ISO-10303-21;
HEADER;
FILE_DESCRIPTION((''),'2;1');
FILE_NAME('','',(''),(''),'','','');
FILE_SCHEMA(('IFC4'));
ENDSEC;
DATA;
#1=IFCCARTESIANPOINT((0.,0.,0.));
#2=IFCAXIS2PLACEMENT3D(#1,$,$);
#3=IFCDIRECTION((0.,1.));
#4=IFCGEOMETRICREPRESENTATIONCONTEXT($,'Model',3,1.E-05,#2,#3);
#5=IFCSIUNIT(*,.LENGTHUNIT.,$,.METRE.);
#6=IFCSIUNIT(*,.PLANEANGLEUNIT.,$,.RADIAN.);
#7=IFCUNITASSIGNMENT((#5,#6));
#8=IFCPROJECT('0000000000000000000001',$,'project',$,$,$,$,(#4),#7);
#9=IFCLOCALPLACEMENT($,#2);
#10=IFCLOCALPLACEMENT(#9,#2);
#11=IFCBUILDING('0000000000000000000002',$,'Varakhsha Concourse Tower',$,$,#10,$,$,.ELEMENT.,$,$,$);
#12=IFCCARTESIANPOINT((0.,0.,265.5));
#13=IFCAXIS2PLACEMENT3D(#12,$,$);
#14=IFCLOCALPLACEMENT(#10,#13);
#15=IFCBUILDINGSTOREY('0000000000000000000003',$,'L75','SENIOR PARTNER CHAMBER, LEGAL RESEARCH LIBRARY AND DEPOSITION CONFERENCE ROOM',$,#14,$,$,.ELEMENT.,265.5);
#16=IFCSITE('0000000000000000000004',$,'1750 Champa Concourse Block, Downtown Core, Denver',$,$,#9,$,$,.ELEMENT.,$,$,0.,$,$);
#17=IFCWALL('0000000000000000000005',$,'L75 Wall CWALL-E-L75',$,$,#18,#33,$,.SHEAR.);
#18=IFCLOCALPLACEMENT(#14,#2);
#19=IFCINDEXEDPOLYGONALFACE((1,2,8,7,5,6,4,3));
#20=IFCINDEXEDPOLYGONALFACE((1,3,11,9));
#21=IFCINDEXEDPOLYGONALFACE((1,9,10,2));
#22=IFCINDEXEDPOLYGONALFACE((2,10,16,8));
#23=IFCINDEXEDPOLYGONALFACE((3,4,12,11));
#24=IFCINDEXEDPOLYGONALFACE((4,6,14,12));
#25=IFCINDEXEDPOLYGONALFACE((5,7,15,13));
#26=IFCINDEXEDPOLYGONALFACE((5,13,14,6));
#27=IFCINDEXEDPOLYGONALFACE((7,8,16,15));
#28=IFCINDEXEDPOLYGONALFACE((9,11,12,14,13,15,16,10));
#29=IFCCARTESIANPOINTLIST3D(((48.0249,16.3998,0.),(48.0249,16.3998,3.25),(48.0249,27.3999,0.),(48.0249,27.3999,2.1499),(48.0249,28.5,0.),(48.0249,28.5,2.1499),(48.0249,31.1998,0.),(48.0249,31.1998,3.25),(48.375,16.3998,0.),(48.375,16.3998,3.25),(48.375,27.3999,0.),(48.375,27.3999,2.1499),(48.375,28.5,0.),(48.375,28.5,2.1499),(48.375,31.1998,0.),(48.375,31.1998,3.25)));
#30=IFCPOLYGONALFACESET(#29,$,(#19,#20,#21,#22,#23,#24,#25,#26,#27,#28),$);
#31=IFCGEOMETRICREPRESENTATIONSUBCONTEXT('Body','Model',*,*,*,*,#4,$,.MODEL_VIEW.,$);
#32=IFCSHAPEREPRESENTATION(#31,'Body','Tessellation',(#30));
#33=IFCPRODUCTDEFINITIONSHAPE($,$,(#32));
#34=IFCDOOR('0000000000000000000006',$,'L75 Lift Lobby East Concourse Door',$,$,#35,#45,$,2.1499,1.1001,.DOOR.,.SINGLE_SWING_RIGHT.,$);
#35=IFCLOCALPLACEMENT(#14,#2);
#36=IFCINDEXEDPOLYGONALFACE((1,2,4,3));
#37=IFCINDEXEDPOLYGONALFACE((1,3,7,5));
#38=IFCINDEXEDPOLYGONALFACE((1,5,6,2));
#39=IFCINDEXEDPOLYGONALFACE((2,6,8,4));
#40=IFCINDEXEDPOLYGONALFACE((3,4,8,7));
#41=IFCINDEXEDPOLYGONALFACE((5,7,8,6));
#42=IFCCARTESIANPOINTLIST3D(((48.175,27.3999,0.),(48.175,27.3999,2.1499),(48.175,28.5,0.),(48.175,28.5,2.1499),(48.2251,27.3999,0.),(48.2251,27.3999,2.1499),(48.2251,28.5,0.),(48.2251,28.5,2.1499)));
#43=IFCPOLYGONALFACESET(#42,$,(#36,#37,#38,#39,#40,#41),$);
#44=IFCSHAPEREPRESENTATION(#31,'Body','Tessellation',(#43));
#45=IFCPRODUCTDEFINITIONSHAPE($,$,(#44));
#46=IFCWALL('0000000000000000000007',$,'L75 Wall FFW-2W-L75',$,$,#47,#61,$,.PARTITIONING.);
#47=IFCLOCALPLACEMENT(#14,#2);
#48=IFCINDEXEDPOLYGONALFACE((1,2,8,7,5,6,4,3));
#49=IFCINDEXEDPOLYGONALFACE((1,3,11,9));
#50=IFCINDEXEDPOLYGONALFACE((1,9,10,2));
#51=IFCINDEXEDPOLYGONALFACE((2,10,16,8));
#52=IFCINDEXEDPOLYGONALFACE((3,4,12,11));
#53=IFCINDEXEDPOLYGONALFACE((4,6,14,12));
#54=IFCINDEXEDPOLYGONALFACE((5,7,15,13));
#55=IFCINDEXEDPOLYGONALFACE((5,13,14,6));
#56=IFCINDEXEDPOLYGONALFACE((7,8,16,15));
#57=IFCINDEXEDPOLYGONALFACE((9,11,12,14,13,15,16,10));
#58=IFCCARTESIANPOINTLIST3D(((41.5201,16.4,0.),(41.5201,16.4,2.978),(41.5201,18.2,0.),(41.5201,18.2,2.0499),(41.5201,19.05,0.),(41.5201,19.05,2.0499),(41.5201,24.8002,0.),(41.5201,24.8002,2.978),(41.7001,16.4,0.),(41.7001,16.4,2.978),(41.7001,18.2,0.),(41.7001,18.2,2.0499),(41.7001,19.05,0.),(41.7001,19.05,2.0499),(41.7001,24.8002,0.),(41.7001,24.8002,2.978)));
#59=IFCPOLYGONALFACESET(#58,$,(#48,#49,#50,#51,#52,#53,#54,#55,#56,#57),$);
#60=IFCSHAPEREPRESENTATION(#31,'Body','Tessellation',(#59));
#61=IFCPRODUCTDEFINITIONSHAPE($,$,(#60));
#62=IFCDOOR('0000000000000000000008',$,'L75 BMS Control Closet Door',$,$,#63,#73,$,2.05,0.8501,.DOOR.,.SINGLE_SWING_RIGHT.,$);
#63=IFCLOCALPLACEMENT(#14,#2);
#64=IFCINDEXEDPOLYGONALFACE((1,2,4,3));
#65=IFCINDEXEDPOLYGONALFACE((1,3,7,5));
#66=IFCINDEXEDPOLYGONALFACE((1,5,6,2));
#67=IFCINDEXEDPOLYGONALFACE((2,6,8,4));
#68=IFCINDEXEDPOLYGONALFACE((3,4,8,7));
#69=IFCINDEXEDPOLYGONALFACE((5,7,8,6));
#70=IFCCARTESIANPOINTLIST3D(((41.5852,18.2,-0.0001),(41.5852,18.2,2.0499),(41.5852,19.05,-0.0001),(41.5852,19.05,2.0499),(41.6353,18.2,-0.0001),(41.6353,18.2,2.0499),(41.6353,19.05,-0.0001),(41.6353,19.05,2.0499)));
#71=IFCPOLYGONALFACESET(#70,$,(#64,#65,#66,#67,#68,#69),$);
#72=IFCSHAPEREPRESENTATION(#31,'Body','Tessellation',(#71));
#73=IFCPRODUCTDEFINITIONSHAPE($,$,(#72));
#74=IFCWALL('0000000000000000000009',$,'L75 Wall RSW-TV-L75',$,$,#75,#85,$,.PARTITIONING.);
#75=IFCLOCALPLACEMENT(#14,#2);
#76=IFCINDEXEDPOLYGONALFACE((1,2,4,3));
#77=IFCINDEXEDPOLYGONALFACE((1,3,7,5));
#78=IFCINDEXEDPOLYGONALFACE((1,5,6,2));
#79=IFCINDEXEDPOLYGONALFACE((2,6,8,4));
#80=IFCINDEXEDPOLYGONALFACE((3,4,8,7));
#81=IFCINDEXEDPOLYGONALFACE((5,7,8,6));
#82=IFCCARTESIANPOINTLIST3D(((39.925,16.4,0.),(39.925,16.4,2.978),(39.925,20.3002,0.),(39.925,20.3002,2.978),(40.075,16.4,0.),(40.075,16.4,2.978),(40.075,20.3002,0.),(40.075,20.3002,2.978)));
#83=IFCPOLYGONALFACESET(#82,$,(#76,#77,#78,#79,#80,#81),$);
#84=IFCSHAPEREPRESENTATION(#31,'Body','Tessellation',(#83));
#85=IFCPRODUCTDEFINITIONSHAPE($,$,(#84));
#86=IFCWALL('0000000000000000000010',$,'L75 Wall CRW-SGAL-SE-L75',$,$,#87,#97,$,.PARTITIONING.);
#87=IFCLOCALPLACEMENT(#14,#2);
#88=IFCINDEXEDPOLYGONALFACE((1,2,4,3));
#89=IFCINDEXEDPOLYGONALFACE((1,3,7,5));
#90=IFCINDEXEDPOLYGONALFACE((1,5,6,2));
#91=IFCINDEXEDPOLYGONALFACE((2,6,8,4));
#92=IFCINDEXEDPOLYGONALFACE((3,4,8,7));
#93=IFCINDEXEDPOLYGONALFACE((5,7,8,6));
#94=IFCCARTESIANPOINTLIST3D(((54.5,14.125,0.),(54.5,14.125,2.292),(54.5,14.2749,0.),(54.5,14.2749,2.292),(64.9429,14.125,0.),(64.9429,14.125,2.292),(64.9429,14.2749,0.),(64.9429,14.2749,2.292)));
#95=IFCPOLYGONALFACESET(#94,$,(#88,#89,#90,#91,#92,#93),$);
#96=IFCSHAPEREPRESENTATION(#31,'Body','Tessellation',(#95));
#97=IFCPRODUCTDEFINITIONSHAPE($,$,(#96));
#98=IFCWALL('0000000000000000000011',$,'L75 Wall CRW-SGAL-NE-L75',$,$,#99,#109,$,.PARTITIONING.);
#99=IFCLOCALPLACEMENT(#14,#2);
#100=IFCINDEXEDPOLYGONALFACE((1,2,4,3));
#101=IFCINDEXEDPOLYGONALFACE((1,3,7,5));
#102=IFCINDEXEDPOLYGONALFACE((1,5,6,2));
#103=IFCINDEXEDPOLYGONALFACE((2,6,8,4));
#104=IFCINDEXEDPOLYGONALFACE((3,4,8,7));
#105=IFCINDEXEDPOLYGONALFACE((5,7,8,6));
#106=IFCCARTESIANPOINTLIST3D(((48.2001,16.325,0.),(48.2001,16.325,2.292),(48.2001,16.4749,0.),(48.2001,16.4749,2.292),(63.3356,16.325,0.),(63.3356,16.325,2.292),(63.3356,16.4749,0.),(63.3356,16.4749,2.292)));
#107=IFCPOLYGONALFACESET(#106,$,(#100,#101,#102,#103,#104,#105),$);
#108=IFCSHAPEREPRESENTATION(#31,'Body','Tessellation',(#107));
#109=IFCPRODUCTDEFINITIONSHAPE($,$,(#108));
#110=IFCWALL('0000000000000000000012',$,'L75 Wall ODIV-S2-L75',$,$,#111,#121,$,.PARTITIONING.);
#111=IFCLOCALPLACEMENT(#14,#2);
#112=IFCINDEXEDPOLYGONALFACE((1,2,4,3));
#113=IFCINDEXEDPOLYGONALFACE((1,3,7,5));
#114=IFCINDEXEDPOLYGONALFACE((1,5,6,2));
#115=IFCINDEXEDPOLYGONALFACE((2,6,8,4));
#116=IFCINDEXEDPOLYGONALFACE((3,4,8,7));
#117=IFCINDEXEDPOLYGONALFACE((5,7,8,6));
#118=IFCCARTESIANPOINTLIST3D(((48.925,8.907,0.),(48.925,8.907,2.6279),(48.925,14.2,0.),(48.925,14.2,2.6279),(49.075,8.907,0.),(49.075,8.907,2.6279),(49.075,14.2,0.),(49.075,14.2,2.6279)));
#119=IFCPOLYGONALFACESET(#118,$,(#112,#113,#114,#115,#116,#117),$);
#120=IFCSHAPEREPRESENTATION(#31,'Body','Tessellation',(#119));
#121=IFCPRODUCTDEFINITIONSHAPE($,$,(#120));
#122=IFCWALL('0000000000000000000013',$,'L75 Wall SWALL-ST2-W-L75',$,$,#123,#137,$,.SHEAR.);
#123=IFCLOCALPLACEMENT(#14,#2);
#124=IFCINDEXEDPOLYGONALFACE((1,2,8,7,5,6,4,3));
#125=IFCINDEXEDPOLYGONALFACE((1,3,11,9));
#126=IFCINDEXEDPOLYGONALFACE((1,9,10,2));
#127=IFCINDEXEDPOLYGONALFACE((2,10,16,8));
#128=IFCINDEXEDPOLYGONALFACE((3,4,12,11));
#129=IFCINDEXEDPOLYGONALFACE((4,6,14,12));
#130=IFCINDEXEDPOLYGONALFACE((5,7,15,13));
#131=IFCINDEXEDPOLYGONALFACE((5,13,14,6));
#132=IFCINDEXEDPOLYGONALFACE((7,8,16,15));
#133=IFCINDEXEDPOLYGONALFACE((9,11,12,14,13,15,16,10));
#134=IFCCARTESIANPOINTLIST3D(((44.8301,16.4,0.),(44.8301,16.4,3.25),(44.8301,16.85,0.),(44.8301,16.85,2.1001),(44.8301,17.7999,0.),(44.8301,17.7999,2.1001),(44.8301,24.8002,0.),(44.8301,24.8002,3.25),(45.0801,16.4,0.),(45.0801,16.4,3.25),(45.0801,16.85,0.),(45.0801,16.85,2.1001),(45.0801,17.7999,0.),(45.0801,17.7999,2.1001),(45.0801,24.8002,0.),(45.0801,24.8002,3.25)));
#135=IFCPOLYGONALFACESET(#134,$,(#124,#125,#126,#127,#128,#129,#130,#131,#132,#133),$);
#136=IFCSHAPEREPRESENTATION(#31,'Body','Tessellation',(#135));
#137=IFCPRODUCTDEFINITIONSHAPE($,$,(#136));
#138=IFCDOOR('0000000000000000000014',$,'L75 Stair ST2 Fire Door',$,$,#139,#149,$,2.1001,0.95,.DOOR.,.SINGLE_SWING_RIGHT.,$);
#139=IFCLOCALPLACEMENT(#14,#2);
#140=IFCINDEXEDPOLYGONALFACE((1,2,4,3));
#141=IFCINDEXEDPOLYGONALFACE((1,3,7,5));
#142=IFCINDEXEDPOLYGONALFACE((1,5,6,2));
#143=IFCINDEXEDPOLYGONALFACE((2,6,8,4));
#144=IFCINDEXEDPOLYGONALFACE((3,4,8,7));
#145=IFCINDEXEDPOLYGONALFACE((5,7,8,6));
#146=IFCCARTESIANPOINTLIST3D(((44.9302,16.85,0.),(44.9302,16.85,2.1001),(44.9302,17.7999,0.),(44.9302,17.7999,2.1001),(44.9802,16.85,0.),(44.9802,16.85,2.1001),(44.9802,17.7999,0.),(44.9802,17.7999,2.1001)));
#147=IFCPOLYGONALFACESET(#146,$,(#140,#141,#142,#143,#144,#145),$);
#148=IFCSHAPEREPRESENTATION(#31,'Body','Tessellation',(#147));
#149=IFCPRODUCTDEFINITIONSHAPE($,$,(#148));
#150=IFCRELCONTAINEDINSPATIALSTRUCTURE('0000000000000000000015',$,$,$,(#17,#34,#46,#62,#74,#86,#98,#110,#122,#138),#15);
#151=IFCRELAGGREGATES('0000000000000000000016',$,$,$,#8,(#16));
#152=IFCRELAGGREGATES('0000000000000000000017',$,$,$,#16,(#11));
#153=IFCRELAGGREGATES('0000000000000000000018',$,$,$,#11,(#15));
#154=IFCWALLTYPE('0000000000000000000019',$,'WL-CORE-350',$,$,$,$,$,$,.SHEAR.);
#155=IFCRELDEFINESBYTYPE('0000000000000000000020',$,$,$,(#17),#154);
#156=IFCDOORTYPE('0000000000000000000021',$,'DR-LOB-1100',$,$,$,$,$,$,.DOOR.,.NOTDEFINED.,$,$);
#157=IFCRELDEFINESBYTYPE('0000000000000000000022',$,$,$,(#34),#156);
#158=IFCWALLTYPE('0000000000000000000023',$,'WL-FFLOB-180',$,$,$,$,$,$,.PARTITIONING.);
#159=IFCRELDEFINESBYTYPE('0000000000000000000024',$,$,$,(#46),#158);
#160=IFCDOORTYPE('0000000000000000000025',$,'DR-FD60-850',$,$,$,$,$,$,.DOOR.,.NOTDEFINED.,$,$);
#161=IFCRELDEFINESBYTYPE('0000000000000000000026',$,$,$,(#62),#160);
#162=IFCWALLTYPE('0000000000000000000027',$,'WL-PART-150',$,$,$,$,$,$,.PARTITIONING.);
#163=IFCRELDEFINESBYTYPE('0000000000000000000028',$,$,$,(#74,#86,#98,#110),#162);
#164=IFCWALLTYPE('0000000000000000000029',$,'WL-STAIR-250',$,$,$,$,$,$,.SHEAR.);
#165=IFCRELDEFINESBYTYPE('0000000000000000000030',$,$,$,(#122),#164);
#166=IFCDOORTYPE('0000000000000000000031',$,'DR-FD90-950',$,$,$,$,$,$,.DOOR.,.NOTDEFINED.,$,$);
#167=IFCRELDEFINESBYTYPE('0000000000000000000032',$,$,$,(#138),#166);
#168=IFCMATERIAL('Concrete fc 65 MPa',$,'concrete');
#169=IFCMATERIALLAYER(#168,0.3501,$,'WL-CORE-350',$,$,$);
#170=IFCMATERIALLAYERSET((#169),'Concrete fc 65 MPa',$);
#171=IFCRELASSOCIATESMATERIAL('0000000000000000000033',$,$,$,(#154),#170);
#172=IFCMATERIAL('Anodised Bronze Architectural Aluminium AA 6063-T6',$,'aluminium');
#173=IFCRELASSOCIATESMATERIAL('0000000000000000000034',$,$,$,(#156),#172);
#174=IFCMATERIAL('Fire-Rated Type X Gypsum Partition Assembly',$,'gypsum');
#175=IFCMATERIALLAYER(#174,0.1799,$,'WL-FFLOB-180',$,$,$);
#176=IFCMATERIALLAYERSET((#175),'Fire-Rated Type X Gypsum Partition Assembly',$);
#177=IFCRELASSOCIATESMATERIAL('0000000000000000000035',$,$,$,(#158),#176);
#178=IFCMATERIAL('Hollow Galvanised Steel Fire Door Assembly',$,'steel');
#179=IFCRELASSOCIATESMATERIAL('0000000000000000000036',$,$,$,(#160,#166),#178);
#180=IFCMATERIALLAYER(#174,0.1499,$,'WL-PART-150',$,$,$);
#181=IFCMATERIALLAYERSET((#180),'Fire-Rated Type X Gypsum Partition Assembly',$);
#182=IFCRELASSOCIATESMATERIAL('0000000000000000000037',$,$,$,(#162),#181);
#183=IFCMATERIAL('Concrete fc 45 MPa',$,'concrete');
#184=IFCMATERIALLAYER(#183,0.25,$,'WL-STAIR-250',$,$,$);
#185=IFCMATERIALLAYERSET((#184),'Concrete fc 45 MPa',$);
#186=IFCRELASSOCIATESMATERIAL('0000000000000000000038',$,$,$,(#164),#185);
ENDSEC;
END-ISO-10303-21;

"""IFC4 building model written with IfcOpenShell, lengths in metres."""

from ifc_helpers import new_model, si_unit, direction, frame, frame_2d, origin, place, context, subcontext, project, spatial, rectangle, extrude, material, layer, layer_set, type_object, element, fill, save


model = new_model("IFC4")

# Units and contexts
model_context = context("Model", 3, precision=1e-05, world=origin(), true_north=direction((0.0, 1.0)))
body_context = subcontext(model_context, "Body", "Model", "MODEL_VIEW")
ifc_project = project(units=[si_unit("LENGTHUNIT", "METRE"), si_unit("PLANEANGLEUNIT", "RADIAN")], contexts=[model_context])

# Site, building, storey
site_placement = place(None, origin())
site = spatial("IfcSite", under=ifc_project, at=site_placement, Name="1750 Champa Concourse Block, Downtown Core, Denver", CompositionType="ELEMENT", RefElevation=0.0)
building_placement = place(site_placement, origin())
building = spatial("IfcBuilding", under=site, at=building_placement, Name="Varakhsha Concourse Tower", CompositionType="ELEMENT")
storey_placement = place(building_placement, frame((0.0, 0.0, 265.5)))
storey = spatial("IfcBuildingStorey", under=building, at=storey_placement, Name="L75", Description="SENIOR PARTNER CHAMBER, LEGAL RESEARCH LIBRARY AND DEPOSITION CONFERENCE ROOM", CompositionType="ELEMENT", Elevation=265.5)

# Shared definitions
ifc_material_1 = material(Name="Concrete fc 65 MPa", Category="concrete")

# Shared definitions
ifc_material_2 = material(Name="Anodised Bronze Architectural Aluminium AA 6063-T6", Category="aluminium")

# Walls, openings, doors
ifc_layer_1 = layer(ifc_material_1, 0.3501, Name="WL-CORE-350")
ifc_layer_set_1 = layer_set([ifc_layer_1], Name="Concrete fc 65 MPa")
wall_type_1 = type_object("IfcWallType", Name="WL-CORE-350", PredefinedType="SHEAR", material=ifc_layer_set_1)
wall_1_placement = place(storey_placement, frame((48.2, 16.3999, 0.0), z_axis=(0.0, 0.0, 1.0), x_axis=(0.0, 1.0, 0.0)))
wall_1 = element("IfcWall", 1, at=wall_1_placement, inside=storey, type_object=wall_type_1, Name="L75 Wall CWALL-E-L75", PredefinedType="SHEAR", context=body_context, shape_type="SweptSolid", body=[
    extrude(rectangle(XDim=14.8, YDim=0.3501, at=frame_2d((7.3999, 0.0))), origin(), (0.0, 0.0, 1.0), 3.25),
])
opening_1_placement = place(wall_1_placement, frame((11.0, 0.0, 0.0)))
opening_1 = element("IfcOpeningElement", 2, at=opening_1_placement, cuts=wall_1, PredefinedType="OPENING", context=body_context, shape_type="SweptSolid", body=[
    extrude(rectangle(XDim=1.1001, YDim=2.1499, at=frame_2d((0.55, 1.075))), frame((0.0, 0.1851, 0.0), z_axis=(0.0, -1.0, 0.0), x_axis=(1.0, 0.0, 0.0)), (0.0, 0.0, 1.0), 0.3701),
])
door_type_1 = type_object("IfcDoorType", Name="DR-LOB-1100", OperationType="NOTDEFINED", PredefinedType="DOOR", material=ifc_material_2)
door_1_placement = place(opening_1_placement, origin())
door_1 = element("IfcDoor", 3, at=door_1_placement, inside=storey, type_object=door_type_1, Name="L75 Lift Lobby East Concourse Door", OperationType="SINGLE_SWING_RIGHT", OverallHeight=2.1499, OverallWidth=1.1001, PredefinedType="DOOR", context=body_context, shape_type="SweptSolid", body=[
    extrude(rectangle(XDim=1.1001, YDim=2.1499, at=frame_2d((0.55, 1.075))), frame((0.0, 0.0249, 0.0), z_axis=(0.0, -1.0, 0.0), x_axis=(1.0, 0.0, 0.0)), (0.0, 0.0, 1.0), 0.05),
])
fill(opening_1, door_1)
ifc_material_3 = material(Name="Fire-Rated Type X Gypsum Partition Assembly", Category="gypsum")
ifc_layer_2 = layer(ifc_material_3, 0.1799, Name="WL-FFLOB-180")
ifc_layer_set_2 = layer_set([ifc_layer_2], Name="Fire-Rated Type X Gypsum Partition Assembly")
wall_type_2 = type_object("IfcWallType", Name="WL-FFLOB-180", PredefinedType="PARTITIONING", material=ifc_layer_set_2)
wall_2_placement = place(storey_placement, frame((41.6101, 16.3999, 0.0), z_axis=(0.0, 0.0, 1.0), x_axis=(0.0, 1.0, 0.0)))
wall_2 = element("IfcWall", 4, at=wall_2_placement, inside=storey, type_object=wall_type_2, Name="L75 Wall FFW-2W-L75", PredefinedType="PARTITIONING", context=body_context, shape_type="SweptSolid", body=[
    extrude(rectangle(XDim=8.4001, YDim=0.1799, at=frame_2d((4.2002, 0.0))), origin(), (0.0, 0.0, 1.0), 2.978),
])
opening_2_placement = place(wall_2_placement, frame((1.8, 0.0, 0.0)))
opening_2 = element("IfcOpeningElement", 5, at=opening_2_placement, cuts=wall_2, PredefinedType="OPENING", context=body_context, shape_type="SweptSolid", body=[
    extrude(rectangle(XDim=0.8501, YDim=2.05, at=frame_2d((0.425, 1.0249))), frame((0.0, 0.0999, 0.0), z_axis=(0.0, -1.0, 0.0), x_axis=(1.0, 0.0, 0.0)), (0.0, 0.0, 1.0), 0.2),
])
ifc_material_4 = material(Name="Hollow Galvanised Steel Fire Door Assembly", Category="steel")
door_type_2 = type_object("IfcDoorType", Name="DR-FD60-850", OperationType="NOTDEFINED", PredefinedType="DOOR", material=ifc_material_4)
door_2_placement = place(opening_2_placement, origin())
door_2 = element("IfcDoor", 6, at=door_2_placement, inside=storey, type_object=door_type_2, Name="L75 BMS Control Closet Door", OperationType="SINGLE_SWING_RIGHT", OverallHeight=2.05, OverallWidth=0.8501, PredefinedType="DOOR", context=body_context, shape_type="SweptSolid", body=[
    extrude(rectangle(XDim=0.8501, YDim=2.05, at=frame_2d((0.425, 1.0249))), frame((0.0, 0.0249, 0.0), z_axis=(0.0, -1.0, 0.0), x_axis=(1.0, 0.0, 0.0)), (0.0, 0.0, 1.0), 0.05),
])
fill(opening_2, door_2)

# Walls
ifc_layer_3 = layer(ifc_material_3, 0.1499, Name="WL-PART-150")
ifc_layer_set_3 = layer_set([ifc_layer_3], Name="Fire-Rated Type X Gypsum Partition Assembly")
wall_type_3 = type_object("IfcWallType", Name="WL-PART-150", PredefinedType="PARTITIONING", material=ifc_layer_set_3)
wall_3_placement = place(storey_placement, frame((40.0, 16.3999, 0.0), z_axis=(0.0, 0.0, 1.0), x_axis=(0.0, 1.0, 0.0)))
element("IfcWall", 7, at=wall_3_placement, inside=storey, type_object=wall_type_3, Name="L75 Wall RSW-TV-L75", PredefinedType="PARTITIONING", context=body_context, shape_type="SweptSolid", body=[
    extrude(rectangle(XDim=3.9001, YDim=0.1499, at=frame_2d((1.9502, 0.0))), origin(), (0.0, 0.0, 1.0), 2.978),
])
wall_4_placement = place(storey_placement, frame((54.5, 14.2, 0.0), z_axis=(0.0, 0.0, 1.0), x_axis=(1.0, 0.0, 0.0)))
element("IfcWall", 8, at=wall_4_placement, inside=storey, type_object=wall_type_3, Name="L75 Wall CRW-SGAL-SE-L75", PredefinedType="PARTITIONING", context=body_context, shape_type="SweptSolid", body=[
    extrude(rectangle(XDim=10.4429, YDim=0.1499, at=frame_2d((5.2214, 0.0))), origin(), (0.0, 0.0, 1.0), 2.292),
])
wall_5_placement = place(storey_placement, frame((48.2, 16.3999, 0.0), z_axis=(0.0, 0.0, 1.0), x_axis=(1.0, 0.0, 0.0)))
element("IfcWall", 9, at=wall_5_placement, inside=storey, type_object=wall_type_3, Name="L75 Wall CRW-SGAL-NE-L75", PredefinedType="PARTITIONING", context=body_context, shape_type="SweptSolid", body=[
    extrude(rectangle(XDim=15.1355, YDim=0.1499, at=frame_2d((7.5679, 0.0))), origin(), (0.0, 0.0, 1.0), 2.292),
])
wall_6_placement = place(storey_placement, frame((49.0, 8.907, 0.0), z_axis=(0.0, 0.0, 1.0), x_axis=(0.0, 1.0, 0.0)))
element("IfcWall", 10, at=wall_6_placement, inside=storey, type_object=wall_type_3, Name="L75 Wall ODIV-S2-L75", PredefinedType="PARTITIONING", context=body_context, shape_type="SweptSolid", body=[
    extrude(rectangle(XDim=5.293, YDim=0.1499, at=frame_2d((2.6465, 0.0))), origin(), (0.0, 0.0, 1.0), 2.6279),
])

# Wall, opening, door
ifc_material_5 = material(Name="Concrete fc 45 MPa", Category="concrete")
ifc_layer_4 = layer(ifc_material_5, 0.25, Name="WL-STAIR-250")
ifc_layer_set_4 = layer_set([ifc_layer_4], Name="Concrete fc 45 MPa")
wall_type_4 = type_object("IfcWallType", Name="WL-STAIR-250", PredefinedType="SHEAR", material=ifc_layer_set_4)
wall_7_placement = place(storey_placement, frame((44.9551, 16.3999, 0.0), z_axis=(0.0, 0.0, 1.0), x_axis=(0.0, 1.0, 0.0)))
wall_7 = element("IfcWall", 11, at=wall_7_placement, inside=storey, type_object=wall_type_4, Name="L75 Wall SWALL-ST2-W-L75", PredefinedType="SHEAR", context=body_context, shape_type="SweptSolid", body=[
    extrude(rectangle(XDim=8.4001, YDim=0.25, at=frame_2d((4.2002, 0.0))), origin(), (0.0, 0.0, 1.0), 3.25),
])
opening_3_placement = place(wall_7_placement, frame((0.45, 0.0, 0.0)))
opening_3 = element("IfcOpeningElement", 12, at=opening_3_placement, cuts=wall_7, PredefinedType="OPENING", context=body_context, shape_type="SweptSolid", body=[
    extrude(rectangle(XDim=0.95, YDim=2.1001, at=frame_2d((0.4751, 1.05))), frame((0.0, 0.135, 0.0), z_axis=(0.0, -1.0, 0.0), x_axis=(1.0, 0.0, 0.0)), (0.0, 0.0, 1.0), 0.27),
])
door_type_3 = type_object("IfcDoorType", Name="DR-FD90-950", OperationType="NOTDEFINED", PredefinedType="DOOR", material=ifc_material_4)
door_3_placement = place(opening_3_placement, origin())
door_3 = element("IfcDoor", 13, at=door_3_placement, inside=storey, type_object=door_type_3, Name="L75 Stair ST2 Fire Door", OperationType="SINGLE_SWING_RIGHT", OverallHeight=2.1001, OverallWidth=0.95, PredefinedType="DOOR", context=body_context, shape_type="SweptSolid", body=[
    extrude(rectangle(XDim=0.95, YDim=2.1001, at=frame_2d((0.4751, 1.05))), frame((0.0, 0.0249, 0.0), z_axis=(0.0, -1.0, 0.0), x_axis=(1.0, 0.0, 0.0)), (0.0, 0.0, 1.0), 0.05),
])
fill(opening_3, door_3)

save(model, "model.ifc")
